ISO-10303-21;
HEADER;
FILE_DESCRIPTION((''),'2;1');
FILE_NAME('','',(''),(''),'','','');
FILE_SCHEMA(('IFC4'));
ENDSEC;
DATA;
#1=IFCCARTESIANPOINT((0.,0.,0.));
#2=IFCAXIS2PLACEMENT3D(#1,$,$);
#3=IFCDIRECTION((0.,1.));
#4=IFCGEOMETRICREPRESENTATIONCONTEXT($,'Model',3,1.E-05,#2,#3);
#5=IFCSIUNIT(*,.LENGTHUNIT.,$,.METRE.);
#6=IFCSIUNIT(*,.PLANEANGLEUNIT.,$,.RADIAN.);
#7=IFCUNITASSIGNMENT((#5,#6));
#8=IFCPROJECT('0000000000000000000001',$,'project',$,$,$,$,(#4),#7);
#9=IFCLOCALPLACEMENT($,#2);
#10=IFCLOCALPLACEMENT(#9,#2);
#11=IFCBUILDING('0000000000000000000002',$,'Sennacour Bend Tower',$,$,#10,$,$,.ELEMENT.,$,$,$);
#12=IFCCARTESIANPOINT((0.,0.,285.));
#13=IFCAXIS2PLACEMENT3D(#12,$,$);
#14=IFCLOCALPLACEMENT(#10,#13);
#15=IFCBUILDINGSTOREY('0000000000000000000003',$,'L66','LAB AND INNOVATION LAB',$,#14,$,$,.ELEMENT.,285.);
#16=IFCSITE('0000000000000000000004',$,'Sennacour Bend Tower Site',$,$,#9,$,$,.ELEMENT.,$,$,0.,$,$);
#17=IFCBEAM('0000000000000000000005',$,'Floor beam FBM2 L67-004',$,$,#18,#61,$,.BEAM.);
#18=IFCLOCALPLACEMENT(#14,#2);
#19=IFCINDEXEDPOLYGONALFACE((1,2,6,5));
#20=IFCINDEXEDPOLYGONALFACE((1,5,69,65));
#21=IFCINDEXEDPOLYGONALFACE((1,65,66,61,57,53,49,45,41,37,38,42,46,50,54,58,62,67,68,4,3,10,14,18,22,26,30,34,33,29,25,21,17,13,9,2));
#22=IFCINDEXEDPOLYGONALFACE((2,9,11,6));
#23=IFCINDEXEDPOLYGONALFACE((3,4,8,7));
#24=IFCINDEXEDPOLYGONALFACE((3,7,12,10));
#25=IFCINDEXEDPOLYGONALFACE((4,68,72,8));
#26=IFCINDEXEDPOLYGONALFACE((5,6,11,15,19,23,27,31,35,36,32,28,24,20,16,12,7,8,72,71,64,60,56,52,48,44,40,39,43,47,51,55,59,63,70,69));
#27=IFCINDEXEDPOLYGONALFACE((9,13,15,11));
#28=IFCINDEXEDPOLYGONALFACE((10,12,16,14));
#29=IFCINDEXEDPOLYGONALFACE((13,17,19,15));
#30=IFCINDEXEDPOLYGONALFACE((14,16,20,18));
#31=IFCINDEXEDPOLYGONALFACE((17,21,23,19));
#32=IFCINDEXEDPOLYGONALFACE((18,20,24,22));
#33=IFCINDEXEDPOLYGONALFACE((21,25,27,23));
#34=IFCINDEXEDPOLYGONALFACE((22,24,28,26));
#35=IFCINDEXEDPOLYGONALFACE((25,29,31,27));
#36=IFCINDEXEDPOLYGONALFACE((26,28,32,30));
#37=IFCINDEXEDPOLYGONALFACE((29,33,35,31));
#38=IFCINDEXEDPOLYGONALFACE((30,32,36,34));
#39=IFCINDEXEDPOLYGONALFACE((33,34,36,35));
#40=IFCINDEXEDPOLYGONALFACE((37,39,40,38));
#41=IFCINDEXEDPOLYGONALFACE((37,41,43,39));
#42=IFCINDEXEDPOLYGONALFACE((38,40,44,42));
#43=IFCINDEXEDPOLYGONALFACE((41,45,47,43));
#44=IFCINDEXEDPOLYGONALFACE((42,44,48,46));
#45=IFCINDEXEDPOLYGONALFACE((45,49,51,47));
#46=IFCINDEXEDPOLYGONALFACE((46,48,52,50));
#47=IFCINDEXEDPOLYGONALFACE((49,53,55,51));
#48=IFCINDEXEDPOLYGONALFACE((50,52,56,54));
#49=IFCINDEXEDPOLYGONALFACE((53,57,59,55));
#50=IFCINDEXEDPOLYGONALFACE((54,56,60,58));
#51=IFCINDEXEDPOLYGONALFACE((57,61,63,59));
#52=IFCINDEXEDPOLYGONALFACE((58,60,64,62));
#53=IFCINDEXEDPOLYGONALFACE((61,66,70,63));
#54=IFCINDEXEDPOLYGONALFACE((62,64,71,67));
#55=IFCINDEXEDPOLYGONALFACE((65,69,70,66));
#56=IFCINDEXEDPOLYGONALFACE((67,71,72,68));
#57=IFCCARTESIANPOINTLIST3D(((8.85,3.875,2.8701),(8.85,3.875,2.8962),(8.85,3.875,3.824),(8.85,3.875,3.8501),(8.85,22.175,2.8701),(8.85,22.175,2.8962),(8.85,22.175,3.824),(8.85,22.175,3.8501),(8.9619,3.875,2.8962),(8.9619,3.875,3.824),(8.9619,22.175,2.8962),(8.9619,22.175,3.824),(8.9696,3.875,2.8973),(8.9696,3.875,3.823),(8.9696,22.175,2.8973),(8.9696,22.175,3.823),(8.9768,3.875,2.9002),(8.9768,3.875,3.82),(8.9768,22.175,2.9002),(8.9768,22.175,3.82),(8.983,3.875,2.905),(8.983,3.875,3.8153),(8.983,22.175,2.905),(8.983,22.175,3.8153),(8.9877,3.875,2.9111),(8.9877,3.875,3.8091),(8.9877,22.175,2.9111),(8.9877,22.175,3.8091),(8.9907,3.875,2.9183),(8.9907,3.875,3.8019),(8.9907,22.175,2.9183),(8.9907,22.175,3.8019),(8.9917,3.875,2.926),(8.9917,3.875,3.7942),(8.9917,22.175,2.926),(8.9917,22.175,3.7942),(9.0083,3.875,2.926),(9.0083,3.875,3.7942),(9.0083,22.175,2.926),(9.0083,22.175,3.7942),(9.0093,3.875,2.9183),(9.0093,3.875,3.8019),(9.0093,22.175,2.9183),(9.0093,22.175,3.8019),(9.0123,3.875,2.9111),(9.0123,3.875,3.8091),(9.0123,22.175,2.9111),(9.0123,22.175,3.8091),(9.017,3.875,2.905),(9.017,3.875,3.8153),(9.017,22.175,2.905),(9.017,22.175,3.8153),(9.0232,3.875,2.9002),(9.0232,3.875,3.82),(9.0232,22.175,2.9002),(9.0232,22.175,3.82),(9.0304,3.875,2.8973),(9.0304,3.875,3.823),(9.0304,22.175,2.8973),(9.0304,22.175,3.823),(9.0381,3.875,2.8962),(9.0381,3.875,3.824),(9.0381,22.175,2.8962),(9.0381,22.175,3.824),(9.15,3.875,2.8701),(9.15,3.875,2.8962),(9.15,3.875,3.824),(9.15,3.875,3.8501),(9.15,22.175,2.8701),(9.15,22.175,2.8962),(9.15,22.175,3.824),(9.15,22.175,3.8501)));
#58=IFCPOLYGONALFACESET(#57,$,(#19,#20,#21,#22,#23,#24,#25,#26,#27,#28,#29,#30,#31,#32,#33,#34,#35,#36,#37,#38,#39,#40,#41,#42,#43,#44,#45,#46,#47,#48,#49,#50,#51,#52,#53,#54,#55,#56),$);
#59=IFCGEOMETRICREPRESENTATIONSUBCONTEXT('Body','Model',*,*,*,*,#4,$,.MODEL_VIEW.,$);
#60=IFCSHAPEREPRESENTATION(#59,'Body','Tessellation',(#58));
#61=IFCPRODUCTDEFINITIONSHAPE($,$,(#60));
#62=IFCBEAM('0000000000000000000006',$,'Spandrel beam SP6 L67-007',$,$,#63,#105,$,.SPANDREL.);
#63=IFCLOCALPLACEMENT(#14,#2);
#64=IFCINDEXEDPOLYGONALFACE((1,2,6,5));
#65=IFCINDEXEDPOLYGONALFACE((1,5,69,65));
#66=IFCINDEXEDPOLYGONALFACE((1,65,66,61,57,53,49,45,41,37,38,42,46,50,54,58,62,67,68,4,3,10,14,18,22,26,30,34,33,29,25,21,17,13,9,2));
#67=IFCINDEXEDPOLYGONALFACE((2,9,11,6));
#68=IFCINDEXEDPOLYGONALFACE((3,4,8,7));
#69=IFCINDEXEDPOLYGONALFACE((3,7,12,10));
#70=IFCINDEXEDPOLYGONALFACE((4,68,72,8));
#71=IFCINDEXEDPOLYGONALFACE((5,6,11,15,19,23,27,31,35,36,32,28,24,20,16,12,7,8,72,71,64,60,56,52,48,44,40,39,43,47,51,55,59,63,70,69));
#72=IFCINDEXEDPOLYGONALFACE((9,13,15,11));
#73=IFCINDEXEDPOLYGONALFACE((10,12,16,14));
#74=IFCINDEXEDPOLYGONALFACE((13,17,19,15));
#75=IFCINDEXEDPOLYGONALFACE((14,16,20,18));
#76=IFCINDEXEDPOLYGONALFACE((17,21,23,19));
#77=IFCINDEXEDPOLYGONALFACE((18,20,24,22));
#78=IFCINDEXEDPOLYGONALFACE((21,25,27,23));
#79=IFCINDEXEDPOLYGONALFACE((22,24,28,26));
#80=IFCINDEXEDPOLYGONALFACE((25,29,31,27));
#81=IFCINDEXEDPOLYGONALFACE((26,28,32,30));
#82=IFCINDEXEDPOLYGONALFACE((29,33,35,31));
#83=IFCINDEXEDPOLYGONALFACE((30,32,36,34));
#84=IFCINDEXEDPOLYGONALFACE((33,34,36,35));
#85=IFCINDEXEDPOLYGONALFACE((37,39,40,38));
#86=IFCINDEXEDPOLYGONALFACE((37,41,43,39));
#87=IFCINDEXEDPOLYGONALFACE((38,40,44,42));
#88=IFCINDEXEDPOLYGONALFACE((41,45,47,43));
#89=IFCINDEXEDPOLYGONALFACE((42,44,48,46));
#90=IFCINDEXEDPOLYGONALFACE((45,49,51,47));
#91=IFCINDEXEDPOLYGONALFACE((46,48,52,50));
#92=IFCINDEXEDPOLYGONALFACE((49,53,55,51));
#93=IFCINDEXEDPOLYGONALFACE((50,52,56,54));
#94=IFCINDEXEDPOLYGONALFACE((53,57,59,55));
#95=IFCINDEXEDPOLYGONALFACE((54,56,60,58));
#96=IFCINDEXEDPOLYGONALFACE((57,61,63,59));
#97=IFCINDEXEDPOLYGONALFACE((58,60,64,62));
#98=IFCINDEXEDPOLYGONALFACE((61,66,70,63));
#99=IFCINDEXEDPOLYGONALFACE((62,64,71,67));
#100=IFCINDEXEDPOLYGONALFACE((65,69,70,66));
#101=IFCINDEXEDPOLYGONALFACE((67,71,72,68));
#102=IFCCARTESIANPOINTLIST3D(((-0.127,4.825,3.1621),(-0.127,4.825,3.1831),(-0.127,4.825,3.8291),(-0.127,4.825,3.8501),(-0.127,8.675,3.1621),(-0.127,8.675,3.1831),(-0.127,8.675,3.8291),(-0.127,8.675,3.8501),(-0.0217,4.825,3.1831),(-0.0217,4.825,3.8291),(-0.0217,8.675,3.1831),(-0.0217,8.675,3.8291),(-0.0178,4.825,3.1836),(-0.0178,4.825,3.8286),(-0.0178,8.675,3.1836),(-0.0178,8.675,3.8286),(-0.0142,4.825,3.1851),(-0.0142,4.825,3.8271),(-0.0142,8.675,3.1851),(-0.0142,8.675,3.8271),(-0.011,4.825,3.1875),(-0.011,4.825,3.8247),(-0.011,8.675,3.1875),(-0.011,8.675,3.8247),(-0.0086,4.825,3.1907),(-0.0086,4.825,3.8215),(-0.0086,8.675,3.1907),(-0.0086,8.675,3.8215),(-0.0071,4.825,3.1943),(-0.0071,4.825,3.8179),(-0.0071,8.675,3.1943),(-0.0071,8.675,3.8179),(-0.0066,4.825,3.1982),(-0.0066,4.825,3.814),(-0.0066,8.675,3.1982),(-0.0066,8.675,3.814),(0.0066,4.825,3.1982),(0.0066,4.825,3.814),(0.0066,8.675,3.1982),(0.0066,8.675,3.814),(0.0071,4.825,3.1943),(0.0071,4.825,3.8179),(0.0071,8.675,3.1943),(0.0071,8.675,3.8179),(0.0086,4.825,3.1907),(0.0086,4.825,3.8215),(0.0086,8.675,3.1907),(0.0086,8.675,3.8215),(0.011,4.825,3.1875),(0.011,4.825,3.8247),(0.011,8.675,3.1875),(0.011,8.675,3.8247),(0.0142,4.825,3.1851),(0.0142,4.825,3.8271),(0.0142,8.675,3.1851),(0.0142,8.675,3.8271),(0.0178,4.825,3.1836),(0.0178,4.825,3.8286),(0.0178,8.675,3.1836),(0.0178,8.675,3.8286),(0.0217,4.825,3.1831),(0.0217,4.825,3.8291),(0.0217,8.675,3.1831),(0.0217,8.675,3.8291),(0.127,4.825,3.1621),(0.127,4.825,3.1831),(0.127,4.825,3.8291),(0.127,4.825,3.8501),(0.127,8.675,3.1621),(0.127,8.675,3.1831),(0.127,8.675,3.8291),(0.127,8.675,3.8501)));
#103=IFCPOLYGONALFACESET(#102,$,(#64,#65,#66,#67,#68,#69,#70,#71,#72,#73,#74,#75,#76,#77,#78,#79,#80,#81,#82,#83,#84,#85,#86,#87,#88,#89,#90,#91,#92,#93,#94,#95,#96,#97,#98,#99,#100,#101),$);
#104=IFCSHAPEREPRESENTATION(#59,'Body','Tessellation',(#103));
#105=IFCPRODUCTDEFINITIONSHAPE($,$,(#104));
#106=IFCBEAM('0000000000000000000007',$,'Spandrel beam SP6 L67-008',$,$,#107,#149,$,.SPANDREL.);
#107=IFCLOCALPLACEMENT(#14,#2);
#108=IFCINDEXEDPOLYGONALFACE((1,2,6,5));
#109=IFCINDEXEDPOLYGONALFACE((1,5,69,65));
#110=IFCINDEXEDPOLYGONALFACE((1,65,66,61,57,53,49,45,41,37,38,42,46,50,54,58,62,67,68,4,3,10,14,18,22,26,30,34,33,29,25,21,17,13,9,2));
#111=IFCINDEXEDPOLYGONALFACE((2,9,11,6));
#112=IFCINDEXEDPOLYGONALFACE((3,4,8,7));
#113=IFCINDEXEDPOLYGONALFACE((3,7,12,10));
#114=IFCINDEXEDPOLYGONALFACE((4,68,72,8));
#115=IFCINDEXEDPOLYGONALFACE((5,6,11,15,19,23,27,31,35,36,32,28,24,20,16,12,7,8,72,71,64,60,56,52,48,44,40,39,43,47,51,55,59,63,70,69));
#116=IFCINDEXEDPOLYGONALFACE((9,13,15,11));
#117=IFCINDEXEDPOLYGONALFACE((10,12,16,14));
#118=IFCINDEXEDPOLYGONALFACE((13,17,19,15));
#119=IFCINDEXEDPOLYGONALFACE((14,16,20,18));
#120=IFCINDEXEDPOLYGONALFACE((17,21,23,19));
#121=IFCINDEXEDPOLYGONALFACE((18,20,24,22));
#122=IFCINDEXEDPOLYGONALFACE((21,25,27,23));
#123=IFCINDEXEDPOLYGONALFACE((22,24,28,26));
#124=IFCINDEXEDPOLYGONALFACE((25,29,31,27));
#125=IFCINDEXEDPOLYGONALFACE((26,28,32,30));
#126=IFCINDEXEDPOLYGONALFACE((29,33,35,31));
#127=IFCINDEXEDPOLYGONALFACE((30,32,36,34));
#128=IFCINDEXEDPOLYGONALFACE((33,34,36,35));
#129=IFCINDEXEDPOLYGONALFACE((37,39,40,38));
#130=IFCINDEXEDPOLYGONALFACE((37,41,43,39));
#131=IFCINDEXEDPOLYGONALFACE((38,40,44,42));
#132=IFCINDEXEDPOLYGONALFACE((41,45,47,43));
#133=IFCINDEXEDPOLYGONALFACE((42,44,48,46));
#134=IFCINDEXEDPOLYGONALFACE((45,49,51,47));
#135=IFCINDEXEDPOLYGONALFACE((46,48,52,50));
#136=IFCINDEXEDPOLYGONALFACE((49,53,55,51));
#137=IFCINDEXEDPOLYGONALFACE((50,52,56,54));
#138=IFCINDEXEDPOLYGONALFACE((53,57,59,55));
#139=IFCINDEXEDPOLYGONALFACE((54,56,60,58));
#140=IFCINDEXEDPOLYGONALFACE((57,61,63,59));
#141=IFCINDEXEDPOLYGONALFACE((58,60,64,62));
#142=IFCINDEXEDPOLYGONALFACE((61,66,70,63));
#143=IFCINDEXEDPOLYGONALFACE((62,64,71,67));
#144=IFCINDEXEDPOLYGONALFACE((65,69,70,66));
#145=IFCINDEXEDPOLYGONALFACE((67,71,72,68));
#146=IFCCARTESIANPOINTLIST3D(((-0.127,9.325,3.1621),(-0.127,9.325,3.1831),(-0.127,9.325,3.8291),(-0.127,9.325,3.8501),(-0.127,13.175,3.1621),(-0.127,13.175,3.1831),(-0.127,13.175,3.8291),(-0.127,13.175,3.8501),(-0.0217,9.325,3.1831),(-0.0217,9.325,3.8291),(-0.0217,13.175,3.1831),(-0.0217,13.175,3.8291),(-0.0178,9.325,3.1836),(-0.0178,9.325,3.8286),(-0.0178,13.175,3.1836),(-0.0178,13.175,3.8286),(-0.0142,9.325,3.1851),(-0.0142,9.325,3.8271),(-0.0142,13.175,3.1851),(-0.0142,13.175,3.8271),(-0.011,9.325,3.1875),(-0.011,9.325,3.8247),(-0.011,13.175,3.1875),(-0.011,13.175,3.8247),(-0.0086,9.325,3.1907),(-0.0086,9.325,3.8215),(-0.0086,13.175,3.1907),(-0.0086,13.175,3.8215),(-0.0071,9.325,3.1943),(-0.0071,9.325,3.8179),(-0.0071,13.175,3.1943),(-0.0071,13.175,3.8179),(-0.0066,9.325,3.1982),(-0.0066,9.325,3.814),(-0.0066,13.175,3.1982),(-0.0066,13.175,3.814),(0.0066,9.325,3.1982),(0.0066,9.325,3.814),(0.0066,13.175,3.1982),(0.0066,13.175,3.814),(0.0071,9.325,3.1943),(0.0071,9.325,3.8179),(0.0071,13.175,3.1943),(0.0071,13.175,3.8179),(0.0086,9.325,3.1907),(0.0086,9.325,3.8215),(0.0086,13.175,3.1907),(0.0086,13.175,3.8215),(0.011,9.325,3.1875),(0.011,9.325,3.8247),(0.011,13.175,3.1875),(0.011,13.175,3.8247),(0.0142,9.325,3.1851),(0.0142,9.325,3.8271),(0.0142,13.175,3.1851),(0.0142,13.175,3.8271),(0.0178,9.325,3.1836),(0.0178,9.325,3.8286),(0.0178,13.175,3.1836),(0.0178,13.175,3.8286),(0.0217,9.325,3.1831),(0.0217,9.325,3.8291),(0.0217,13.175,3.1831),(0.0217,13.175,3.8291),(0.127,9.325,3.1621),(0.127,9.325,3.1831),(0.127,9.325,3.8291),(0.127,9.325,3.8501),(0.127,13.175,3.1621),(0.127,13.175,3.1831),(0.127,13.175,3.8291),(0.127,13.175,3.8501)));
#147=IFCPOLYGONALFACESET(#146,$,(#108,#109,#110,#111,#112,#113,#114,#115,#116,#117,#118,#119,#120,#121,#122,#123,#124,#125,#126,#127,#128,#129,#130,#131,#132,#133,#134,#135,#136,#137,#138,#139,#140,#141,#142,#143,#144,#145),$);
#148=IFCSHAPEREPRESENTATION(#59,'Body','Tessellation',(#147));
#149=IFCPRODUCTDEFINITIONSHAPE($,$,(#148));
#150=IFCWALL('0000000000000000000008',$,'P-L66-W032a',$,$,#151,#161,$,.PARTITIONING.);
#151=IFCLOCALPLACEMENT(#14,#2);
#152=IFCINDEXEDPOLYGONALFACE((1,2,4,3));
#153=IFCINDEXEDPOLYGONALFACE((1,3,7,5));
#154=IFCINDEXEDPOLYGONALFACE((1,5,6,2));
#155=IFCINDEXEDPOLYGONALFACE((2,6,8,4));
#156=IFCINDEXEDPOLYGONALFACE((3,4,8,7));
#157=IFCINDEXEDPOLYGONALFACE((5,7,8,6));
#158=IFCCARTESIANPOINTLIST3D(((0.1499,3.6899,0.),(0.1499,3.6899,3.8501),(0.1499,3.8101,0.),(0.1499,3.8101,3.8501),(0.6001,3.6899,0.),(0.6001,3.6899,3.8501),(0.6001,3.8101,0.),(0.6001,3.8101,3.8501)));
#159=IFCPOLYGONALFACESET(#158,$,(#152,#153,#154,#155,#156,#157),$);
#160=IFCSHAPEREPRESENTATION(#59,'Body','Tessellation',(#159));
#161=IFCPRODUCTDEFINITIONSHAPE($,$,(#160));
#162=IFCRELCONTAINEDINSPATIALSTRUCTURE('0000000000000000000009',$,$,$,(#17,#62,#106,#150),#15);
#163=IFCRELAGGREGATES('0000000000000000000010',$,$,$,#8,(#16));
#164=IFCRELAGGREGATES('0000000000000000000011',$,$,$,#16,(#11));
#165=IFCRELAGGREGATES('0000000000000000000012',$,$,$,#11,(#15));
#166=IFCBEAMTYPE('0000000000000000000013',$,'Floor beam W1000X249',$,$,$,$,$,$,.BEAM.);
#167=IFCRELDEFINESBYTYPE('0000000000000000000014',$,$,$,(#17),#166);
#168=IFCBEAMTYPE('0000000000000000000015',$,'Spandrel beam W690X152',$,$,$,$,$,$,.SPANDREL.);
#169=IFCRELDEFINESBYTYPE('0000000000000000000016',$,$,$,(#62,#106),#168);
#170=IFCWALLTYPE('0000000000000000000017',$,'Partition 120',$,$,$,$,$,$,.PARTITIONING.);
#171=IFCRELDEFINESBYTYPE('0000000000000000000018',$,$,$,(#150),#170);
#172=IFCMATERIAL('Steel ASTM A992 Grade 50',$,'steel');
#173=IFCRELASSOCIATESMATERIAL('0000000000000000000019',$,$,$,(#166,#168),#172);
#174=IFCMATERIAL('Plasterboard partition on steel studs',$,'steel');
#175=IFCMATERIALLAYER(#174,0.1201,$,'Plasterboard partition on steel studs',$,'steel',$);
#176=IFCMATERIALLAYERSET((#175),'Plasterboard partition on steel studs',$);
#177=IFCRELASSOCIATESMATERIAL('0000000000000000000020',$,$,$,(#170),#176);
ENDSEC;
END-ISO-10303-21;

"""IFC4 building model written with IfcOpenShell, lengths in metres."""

from ifc_helpers import new_model, si_unit, direction, frame, frame_2d, origin, origin_2d, place, context, subcontext, project, spatial, rectangle, i_section, extrude, material, layer, layer_set, material_profile, profile_set, type_object, element, save


model = new_model("IFC4")

# Units and contexts
model_context = context("Model", 3, precision=1e-05, world=origin(), true_north=direction((0.0, 1.0)))
body_context = subcontext(model_context, "Body", "Model", "MODEL_VIEW")
ifc_project = project(units=[si_unit("LENGTHUNIT", "METRE"), si_unit("PLANEANGLEUNIT", "RADIAN")], contexts=[model_context])

# Site, building, storey
site_placement = place(None, origin())
site = spatial("IfcSite", under=ifc_project, at=site_placement, Name="Sennacour Bend Tower Site", CompositionType="ELEMENT", RefElevation=0.0)
building_placement = place(site_placement, origin())
building = spatial("IfcBuilding", under=site, at=building_placement, Name="Sennacour Bend Tower", CompositionType="ELEMENT")
storey_placement = place(building_placement, frame((0.0, 0.0, 285.0)))
storey = spatial("IfcBuildingStorey", under=building, at=storey_placement, Name="L66", Description="LAB AND INNOVATION LAB", CompositionType="ELEMENT", Elevation=285.0)

# Beams
ifc_material_1 = material(Name="Steel ASTM A992 Grade 50", Category="steel")
ifc_material_profile_1 = material_profile(ifc_material_1, i_section(OverallWidth=0.3, OverallDepth=0.98, WebThickness=0.0166, FlangeThickness=0.0261, FilletRadius=0.0298, at=origin_2d()), Name="Steel ASTM A992 Grade 50", Category="steel")
ifc_profile_set_1 = profile_set([ifc_material_profile_1], Name="Steel ASTM A992 Grade 50")
beam_type_1 = type_object("IfcBeamType", Name="Floor beam W1000X249", PredefinedType="BEAM", material=ifc_profile_set_1)
beam_1_placement = place(storey_placement, frame((9.0, 3.875, 3.3601), z_axis=(0.0, 1.0, 0.0), x_axis=(-1.0, 0.0, 0.0)))
element("IfcBeam", 1, at=beam_1_placement, inside=storey, type_object=beam_type_1, Name="Floor beam FBM2 L67-004", PredefinedType="BEAM", context=body_context, shape_type="SweptSolid", body=[
    extrude(i_section(OverallWidth=0.3, OverallDepth=0.98, WebThickness=0.0166, FlangeThickness=0.0261, FilletRadius=0.0298, at=origin_2d()), origin(), (0.0, 0.0, 1.0), 18.3),
])
ifc_material_profile_2 = material_profile(ifc_material_1, i_section(OverallWidth=0.2539, OverallDepth=0.688, WebThickness=0.0132, FlangeThickness=0.021, FilletRadius=0.0151, at=origin_2d()), Name="Steel ASTM A992 Grade 50", Category="steel")
ifc_profile_set_2 = profile_set([ifc_material_profile_2], Name="Steel ASTM A992 Grade 50")
beam_type_2 = type_object("IfcBeamType", Name="Spandrel beam W690X152", PredefinedType="SPANDREL", material=ifc_profile_set_2)
for number, where, z_axis, x_axis, name in (
    (2, (0.0, 4.825, 3.5061), (0.0, 1.0, 0.0), (-1.0, 0.0, 0.0), "Spandrel beam SP6 L67-007"),
    (3, (0.0, 9.325, 3.5061), (0.0, 1.0, 0.0), (-1.0, 0.0, 0.0), "Spandrel beam SP6 L67-008"),
):
    element("IfcBeam", number, at=place(storey_placement, frame(where, z_axis=z_axis, x_axis=x_axis)), inside=storey, type_object=beam_type_2, Name=name, PredefinedType="SPANDREL", context=body_context, shape_type="SweptSolid", body=[
        extrude(i_section(OverallWidth=0.2539, OverallDepth=0.688, WebThickness=0.0132, FlangeThickness=0.021, FilletRadius=0.0151, at=origin_2d()), origin(), (0.0, 0.0, 1.0), 3.8501),
    ])

# Wall
ifc_material_2 = material(Name="Plasterboard partition on steel studs", Category="steel")
ifc_layer_1 = layer(ifc_material_2, 0.1201, Name="Plasterboard partition on steel studs", Category="steel")
ifc_layer_set_1 = layer_set([ifc_layer_1], Name="Plasterboard partition on steel studs")
wall_type_1 = type_object("IfcWallType", Name="Partition 120", PredefinedType="PARTITIONING", material=ifc_layer_set_1)
wall_1_placement = place(storey_placement, frame((0.1499, 3.75, 0.0), z_axis=(0.0, 0.0, 1.0), x_axis=(1.0, 0.0, 0.0)))
element("IfcWall", 4, at=wall_1_placement, inside=storey, type_object=wall_type_1, Name="P-L66-W032a", PredefinedType="PARTITIONING", context=body_context, shape_type="SweptSolid", body=[
    extrude(rectangle(XDim=0.4502, YDim=0.1201, at=frame_2d((0.2251, 0.0))), origin(), (0.0, 0.0, 1.0), 3.8501),
])

save(model, "model.ifc")
